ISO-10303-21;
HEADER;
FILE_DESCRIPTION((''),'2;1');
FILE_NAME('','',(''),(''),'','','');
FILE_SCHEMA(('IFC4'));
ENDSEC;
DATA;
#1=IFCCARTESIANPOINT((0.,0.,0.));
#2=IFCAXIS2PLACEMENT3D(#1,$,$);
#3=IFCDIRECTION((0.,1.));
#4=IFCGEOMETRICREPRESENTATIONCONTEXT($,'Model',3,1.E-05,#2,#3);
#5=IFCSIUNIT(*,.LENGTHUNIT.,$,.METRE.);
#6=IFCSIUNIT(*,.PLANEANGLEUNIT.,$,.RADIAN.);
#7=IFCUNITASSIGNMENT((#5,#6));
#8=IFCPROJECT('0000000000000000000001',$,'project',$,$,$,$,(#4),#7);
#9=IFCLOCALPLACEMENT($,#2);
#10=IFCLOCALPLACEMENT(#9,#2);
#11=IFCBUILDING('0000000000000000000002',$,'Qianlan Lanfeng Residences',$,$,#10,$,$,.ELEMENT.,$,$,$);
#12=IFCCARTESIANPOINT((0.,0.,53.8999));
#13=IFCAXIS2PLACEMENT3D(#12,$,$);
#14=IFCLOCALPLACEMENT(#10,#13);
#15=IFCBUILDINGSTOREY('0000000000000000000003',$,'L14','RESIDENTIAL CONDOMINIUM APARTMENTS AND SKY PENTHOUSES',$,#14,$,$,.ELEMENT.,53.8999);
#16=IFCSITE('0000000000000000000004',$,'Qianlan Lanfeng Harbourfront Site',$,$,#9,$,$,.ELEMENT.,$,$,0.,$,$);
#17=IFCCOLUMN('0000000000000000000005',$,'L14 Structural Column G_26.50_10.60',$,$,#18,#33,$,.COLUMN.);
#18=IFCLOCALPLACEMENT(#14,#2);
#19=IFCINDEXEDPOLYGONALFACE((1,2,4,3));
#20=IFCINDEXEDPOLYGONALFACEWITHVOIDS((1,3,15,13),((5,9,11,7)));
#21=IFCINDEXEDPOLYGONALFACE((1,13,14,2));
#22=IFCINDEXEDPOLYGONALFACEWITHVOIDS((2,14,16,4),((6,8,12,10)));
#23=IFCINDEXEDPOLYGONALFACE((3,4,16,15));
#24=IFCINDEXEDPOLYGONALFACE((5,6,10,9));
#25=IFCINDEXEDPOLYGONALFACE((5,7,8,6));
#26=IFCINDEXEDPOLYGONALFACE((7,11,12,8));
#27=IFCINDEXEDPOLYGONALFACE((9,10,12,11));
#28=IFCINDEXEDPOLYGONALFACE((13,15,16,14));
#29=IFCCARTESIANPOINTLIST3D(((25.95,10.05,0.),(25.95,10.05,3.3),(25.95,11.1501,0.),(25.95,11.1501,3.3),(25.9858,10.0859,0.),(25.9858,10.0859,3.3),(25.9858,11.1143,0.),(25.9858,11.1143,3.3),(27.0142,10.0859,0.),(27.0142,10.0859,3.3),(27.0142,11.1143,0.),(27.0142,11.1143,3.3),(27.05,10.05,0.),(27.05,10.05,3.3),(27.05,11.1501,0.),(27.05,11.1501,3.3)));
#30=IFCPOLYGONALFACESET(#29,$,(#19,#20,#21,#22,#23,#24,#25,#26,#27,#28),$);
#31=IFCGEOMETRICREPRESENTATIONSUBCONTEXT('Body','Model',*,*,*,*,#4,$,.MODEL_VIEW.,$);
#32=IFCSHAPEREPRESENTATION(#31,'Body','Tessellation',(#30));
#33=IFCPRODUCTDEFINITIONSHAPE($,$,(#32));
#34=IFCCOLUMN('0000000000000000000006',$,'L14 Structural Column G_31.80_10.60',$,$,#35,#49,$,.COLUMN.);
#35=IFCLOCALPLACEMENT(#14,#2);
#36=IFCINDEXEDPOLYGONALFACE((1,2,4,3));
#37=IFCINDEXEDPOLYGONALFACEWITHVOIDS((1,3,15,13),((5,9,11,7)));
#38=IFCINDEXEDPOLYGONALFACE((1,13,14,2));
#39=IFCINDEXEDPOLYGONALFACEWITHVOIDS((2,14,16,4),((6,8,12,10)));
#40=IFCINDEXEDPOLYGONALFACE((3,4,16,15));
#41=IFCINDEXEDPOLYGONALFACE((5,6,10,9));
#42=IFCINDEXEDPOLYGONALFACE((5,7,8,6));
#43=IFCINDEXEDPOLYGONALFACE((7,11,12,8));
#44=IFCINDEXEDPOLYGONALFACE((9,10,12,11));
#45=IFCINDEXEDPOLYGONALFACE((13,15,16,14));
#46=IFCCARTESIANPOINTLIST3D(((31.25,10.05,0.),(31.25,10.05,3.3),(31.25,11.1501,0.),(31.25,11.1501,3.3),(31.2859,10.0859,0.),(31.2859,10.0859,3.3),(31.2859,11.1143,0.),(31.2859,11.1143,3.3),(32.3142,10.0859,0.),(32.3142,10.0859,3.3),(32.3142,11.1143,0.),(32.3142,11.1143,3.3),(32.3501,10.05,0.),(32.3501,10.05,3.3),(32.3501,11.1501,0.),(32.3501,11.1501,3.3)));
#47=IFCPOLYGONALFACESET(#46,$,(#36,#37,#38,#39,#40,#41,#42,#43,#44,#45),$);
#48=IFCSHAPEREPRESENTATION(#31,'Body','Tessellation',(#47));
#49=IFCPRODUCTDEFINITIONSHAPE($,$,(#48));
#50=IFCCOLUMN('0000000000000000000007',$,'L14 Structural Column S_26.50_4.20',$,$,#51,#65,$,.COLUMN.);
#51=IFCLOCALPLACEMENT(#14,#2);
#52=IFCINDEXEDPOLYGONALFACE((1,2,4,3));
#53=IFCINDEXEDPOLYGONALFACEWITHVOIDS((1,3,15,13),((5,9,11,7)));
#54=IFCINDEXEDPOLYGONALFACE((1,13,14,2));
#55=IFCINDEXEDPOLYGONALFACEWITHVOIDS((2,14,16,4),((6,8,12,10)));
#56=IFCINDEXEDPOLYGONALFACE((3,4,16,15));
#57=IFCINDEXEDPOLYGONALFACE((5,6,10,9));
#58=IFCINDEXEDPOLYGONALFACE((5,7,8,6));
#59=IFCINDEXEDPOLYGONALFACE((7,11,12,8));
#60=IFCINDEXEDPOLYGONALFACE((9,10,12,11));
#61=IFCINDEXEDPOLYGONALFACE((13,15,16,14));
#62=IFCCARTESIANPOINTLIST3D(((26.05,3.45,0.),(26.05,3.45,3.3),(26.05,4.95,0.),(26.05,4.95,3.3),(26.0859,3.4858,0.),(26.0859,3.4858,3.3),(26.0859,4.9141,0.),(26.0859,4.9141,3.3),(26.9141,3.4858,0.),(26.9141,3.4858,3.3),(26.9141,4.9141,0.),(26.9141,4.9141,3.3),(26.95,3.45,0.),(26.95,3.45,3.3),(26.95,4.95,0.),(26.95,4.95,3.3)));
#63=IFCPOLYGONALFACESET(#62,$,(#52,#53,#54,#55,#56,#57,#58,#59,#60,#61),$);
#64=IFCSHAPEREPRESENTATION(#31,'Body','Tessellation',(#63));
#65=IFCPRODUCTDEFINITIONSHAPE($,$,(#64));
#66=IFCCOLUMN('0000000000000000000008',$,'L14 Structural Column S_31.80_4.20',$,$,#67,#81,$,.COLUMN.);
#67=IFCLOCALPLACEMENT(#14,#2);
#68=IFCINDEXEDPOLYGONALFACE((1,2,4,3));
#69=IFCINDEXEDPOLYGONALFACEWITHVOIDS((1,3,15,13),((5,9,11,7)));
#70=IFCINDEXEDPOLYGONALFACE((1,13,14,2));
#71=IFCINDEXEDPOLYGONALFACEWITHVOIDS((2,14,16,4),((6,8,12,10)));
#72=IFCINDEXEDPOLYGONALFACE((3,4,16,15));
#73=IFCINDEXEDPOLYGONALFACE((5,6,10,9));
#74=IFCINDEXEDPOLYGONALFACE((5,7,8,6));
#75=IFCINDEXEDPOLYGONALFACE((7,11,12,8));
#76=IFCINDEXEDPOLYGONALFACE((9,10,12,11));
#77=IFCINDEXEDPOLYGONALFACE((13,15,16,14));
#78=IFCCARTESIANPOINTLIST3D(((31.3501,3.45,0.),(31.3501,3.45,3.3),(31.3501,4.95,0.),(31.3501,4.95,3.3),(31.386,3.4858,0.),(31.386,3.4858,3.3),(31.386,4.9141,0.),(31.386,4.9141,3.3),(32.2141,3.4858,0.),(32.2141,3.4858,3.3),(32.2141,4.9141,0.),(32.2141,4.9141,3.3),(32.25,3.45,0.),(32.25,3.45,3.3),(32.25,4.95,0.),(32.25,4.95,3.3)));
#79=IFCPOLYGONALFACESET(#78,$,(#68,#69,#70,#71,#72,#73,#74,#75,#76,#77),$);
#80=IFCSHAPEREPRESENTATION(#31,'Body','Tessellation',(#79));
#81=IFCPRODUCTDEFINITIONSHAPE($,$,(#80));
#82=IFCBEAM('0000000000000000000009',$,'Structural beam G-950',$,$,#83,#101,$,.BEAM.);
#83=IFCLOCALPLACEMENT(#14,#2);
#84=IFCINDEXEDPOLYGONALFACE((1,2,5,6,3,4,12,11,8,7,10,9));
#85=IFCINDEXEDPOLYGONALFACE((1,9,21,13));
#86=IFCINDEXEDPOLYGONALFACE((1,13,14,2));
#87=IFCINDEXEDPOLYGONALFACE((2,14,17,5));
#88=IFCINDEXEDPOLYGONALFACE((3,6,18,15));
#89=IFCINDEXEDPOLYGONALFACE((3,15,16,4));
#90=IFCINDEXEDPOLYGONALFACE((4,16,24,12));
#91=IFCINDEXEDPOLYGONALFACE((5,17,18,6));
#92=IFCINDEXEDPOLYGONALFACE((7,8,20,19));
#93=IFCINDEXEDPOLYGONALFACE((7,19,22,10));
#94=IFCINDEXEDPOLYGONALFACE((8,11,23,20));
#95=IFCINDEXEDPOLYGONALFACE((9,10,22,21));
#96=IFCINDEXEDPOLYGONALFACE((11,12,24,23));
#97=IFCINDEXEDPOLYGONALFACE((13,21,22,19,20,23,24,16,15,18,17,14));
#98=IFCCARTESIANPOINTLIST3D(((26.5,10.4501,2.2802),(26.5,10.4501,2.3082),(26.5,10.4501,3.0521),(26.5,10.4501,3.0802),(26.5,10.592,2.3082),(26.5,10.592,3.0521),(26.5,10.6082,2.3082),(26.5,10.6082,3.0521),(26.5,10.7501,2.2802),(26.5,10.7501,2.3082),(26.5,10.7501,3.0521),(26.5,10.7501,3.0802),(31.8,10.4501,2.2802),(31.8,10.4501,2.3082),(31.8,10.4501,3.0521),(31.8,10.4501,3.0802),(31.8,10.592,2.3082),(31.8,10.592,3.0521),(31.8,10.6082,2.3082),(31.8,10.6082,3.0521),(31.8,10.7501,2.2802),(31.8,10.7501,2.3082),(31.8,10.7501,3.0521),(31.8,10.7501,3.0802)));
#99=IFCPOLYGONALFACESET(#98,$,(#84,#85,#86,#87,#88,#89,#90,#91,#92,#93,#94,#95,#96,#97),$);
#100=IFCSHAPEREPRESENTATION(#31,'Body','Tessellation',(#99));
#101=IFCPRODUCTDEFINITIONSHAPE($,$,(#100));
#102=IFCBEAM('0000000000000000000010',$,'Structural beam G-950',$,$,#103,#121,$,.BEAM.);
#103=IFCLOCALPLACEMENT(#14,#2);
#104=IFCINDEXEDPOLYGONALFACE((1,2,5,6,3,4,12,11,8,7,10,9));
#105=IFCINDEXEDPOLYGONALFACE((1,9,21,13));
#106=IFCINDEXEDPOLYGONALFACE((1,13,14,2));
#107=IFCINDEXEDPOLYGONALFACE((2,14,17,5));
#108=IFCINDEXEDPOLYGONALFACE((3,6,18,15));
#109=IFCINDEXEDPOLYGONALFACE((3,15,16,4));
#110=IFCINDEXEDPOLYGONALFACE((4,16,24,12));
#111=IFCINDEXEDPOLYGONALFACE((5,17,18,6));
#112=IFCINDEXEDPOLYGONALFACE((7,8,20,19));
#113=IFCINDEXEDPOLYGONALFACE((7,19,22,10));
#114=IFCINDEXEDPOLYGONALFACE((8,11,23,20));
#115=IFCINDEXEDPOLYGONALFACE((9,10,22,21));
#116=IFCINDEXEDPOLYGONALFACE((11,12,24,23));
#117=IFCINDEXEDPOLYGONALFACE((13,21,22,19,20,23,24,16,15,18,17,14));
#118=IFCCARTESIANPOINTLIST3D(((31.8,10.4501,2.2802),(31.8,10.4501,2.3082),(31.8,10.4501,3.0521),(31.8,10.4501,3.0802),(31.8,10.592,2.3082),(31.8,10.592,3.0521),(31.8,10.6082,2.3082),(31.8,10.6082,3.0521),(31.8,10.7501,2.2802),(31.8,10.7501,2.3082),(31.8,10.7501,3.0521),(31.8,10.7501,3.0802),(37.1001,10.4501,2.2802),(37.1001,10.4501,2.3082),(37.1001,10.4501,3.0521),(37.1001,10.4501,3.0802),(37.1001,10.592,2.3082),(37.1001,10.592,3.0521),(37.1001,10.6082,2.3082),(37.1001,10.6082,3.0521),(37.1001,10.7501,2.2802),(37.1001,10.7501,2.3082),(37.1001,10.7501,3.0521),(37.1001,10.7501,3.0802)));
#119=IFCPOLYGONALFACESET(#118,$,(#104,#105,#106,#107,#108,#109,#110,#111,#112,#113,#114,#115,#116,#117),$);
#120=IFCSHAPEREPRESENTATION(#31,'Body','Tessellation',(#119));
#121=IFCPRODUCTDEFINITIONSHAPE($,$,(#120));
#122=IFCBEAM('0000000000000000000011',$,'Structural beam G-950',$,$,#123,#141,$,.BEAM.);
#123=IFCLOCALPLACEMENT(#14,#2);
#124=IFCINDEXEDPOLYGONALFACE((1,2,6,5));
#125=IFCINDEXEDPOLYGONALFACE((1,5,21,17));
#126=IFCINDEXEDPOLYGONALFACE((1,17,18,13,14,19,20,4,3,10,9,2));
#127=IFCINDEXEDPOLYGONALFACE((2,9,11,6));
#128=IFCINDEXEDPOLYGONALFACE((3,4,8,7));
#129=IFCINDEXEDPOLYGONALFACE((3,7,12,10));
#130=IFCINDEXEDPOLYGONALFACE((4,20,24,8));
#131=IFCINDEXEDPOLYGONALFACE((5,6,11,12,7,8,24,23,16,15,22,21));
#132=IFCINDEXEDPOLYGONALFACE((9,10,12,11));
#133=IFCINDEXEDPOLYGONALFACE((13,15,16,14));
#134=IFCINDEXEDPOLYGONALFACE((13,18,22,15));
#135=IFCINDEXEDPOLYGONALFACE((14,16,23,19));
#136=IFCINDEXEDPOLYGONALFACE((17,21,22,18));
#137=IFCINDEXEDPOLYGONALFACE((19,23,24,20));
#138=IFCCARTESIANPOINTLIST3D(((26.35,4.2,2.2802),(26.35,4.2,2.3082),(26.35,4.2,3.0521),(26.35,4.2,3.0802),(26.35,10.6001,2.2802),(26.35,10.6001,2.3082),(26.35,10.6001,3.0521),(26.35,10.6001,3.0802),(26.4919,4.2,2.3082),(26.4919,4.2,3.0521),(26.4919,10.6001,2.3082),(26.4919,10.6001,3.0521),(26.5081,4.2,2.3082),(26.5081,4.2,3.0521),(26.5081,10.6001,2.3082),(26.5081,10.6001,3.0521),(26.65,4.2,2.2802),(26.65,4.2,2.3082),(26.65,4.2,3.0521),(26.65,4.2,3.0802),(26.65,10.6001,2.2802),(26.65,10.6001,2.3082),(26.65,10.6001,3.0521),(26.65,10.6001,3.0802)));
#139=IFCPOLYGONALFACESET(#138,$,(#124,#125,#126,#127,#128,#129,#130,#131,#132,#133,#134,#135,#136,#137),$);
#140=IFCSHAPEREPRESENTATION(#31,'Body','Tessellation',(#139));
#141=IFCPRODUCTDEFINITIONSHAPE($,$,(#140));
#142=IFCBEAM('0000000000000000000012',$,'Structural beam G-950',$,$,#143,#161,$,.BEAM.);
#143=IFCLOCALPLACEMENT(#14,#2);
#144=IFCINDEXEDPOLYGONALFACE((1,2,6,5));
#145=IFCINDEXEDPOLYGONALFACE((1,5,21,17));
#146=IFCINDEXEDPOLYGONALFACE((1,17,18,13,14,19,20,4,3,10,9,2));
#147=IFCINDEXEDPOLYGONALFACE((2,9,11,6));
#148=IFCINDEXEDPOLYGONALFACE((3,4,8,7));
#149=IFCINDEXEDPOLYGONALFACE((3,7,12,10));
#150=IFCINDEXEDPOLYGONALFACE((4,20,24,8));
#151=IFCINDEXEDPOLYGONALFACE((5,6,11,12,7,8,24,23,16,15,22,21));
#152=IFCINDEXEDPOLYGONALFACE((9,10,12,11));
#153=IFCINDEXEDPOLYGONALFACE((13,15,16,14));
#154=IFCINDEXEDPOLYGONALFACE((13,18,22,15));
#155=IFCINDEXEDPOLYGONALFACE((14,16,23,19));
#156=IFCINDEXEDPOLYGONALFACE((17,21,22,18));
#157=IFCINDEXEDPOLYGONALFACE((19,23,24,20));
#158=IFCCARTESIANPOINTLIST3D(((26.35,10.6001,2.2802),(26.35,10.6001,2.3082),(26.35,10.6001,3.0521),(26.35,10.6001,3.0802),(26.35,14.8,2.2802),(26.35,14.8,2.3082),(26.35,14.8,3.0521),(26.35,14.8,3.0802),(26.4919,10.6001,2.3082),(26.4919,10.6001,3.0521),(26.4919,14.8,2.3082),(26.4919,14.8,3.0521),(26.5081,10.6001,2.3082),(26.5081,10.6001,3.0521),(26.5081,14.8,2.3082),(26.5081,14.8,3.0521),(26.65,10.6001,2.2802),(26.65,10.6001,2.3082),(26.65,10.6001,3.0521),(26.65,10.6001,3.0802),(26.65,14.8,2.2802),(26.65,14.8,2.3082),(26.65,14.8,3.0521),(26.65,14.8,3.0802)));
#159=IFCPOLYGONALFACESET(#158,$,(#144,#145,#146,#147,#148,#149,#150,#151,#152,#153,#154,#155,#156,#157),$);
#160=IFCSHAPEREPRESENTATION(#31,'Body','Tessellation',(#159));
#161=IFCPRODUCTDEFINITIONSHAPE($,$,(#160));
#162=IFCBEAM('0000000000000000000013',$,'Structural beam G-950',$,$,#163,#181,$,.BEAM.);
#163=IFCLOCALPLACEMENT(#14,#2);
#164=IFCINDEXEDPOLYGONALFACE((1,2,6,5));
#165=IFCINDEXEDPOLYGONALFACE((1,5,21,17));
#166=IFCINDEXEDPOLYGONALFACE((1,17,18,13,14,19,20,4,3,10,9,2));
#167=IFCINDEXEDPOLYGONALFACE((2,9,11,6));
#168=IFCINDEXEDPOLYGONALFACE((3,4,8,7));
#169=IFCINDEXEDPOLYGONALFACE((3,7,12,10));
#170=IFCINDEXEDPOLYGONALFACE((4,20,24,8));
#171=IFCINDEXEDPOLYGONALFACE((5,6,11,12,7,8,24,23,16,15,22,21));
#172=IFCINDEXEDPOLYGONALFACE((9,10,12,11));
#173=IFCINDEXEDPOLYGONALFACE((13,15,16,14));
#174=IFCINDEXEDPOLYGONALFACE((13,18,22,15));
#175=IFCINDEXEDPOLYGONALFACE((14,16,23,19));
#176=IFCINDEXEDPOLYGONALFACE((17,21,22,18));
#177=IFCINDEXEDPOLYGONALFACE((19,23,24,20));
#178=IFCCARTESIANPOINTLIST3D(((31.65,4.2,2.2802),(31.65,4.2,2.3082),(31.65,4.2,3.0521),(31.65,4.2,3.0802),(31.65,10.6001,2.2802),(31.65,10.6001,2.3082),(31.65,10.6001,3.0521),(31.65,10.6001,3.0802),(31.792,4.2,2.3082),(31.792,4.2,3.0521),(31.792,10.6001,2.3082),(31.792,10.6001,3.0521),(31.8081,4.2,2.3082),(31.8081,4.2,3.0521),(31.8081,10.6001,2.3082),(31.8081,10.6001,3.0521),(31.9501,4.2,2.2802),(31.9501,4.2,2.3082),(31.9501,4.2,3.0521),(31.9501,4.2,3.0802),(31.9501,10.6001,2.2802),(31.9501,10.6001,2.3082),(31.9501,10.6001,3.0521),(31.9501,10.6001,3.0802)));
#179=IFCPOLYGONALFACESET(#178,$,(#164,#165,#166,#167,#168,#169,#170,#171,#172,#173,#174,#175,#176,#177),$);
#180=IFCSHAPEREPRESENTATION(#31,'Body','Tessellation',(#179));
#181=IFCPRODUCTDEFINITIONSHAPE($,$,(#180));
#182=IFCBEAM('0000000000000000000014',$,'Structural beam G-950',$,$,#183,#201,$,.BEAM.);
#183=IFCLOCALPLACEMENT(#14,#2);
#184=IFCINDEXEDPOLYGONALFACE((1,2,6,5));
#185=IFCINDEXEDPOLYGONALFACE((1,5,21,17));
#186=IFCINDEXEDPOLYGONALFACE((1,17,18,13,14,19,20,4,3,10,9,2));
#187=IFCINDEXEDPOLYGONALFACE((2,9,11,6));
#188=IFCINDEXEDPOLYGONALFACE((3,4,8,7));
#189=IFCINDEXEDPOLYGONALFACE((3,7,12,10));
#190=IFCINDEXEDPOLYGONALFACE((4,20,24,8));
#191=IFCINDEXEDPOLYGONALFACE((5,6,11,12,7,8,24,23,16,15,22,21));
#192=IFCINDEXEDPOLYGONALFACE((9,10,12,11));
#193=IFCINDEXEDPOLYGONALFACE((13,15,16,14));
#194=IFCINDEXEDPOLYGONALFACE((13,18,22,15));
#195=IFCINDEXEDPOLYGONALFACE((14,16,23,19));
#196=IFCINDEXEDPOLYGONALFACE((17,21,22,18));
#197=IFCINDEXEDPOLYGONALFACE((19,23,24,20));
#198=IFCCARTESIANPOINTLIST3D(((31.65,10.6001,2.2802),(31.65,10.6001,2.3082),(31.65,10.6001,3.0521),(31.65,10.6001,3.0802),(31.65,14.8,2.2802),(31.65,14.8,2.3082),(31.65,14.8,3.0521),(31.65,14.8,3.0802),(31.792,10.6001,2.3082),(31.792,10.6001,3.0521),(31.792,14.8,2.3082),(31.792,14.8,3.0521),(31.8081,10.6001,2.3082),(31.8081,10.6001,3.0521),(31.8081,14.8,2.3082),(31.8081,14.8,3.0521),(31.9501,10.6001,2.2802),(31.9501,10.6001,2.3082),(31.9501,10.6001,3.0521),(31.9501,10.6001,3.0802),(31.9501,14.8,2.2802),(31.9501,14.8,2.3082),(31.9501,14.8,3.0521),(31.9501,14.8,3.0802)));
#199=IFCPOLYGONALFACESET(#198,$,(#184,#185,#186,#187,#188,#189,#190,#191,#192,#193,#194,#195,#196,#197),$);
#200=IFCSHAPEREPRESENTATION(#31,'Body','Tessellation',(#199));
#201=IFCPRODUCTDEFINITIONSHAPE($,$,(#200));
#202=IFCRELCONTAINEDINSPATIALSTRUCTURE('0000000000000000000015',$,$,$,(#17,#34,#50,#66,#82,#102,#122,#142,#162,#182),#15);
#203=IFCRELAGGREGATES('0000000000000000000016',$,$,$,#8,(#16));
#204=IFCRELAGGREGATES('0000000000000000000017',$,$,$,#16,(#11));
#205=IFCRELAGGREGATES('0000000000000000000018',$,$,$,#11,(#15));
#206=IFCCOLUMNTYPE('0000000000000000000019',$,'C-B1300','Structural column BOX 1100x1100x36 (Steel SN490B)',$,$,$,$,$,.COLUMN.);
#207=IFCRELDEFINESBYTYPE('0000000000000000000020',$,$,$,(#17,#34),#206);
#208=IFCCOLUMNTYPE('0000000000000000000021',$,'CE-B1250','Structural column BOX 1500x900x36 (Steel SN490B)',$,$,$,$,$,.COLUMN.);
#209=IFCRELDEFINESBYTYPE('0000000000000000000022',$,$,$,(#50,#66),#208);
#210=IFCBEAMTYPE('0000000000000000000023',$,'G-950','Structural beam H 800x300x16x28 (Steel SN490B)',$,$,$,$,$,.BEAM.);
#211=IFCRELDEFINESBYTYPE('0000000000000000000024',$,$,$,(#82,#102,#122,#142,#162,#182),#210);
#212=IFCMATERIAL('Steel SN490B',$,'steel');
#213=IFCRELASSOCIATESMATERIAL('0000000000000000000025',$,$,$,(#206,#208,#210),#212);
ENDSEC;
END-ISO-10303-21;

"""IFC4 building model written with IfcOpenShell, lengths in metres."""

from ifc_helpers import new_model, si_unit, direction, frame, origin, origin_2d, place, context, subcontext, project, spatial, hollow_rectangle, i_section, extrude, material, material_profile, profile_set, type_object, element, save


model = new_model("IFC4")

# Units and contexts
model_context = context("Model", 3, precision=1e-05, world=origin(), true_north=direction((0.0, 1.0)))
body_context = subcontext(model_context, "Body", "Model", "MODEL_VIEW")
ifc_project = project(units=[si_unit("LENGTHUNIT", "METRE"), si_unit("PLANEANGLEUNIT", "RADIAN")], contexts=[model_context])

# Site, building, storey
site_placement = place(None, origin())
site = spatial("IfcSite", under=ifc_project, at=site_placement, Name="Qianlan Lanfeng Harbourfront Site", CompositionType="ELEMENT", RefElevation=0.0)
building_placement = place(site_placement, origin())
building = spatial("IfcBuilding", under=site, at=building_placement, Name="Qianlan Lanfeng Residences", CompositionType="ELEMENT")
storey_placement = place(building_placement, frame((0.0, 0.0, 53.8999)))
storey = spatial("IfcBuildingStorey", under=building, at=storey_placement, Name="L14", Description="RESIDENTIAL CONDOMINIUM APARTMENTS AND SKY PENTHOUSES", CompositionType="ELEMENT", Elevation=53.8999)

# Columns
ifc_material_1 = material(Name="Steel SN490B", Category="steel")
ifc_material_profile_1 = material_profile(ifc_material_1, hollow_rectangle(XDim=1.1001, YDim=1.1001, WallThickness=0.0359, at=origin_2d()), Name="BOX 1100x1100x36")
ifc_profile_set_1 = profile_set([ifc_material_profile_1], Name="Steel SN490B")
column_type_1 = type_object("IfcColumnType", Name="C-B1300", Description="Structural column BOX 1100x1100x36 (Steel SN490B)", PredefinedType="COLUMN", material=ifc_profile_set_1)
for number, where, z_axis, x_axis, name in (
    (1, (26.5, 10.6001, 0.0), (0.0, 0.0, 1.0), (1.0, 0.0, 0.0), "L14 Structural Column G_26.50_10.60"),
    (2, (31.8, 10.6001, 0.0), (0.0, 0.0, 1.0), (1.0, 0.0, 0.0), "L14 Structural Column G_31.80_10.60"),
):
    element("IfcColumn", number, at=place(storey_placement, frame(where, z_axis=z_axis, x_axis=x_axis)), inside=storey, type_object=column_type_1, Name=name, PredefinedType="COLUMN", context=body_context, shape_type="SweptSolid", body=[
        extrude(hollow_rectangle(XDim=1.1001, YDim=1.1001, WallThickness=0.0359, at=origin_2d()), origin(), (0.0, 0.0, 1.0), 3.3),
    ])
ifc_material_profile_2 = material_profile(ifc_material_1, hollow_rectangle(XDim=0.8999, YDim=1.5, WallThickness=0.0359, at=origin_2d()), Name="BOX 1500x900x36")
ifc_profile_set_2 = profile_set([ifc_material_profile_2], Name="Steel SN490B")
column_type_2 = type_object("IfcColumnType", Name="CE-B1250", Description="Structural column BOX 1500x900x36 (Steel SN490B)", PredefinedType="COLUMN", material=ifc_profile_set_2)
for number, where, z_axis, x_axis, name in (
    (3, (26.5, 4.2, 0.0), (0.0, 0.0, 1.0), (1.0, 0.0, 0.0), "L14 Structural Column S_26.50_4.20"),
    (4, (31.8, 4.2, 0.0), (0.0, 0.0, 1.0), (1.0, 0.0, 0.0), "L14 Structural Column S_31.80_4.20"),
):
    element("IfcColumn", number, at=place(storey_placement, frame(where, z_axis=z_axis, x_axis=x_axis)), inside=storey, type_object=column_type_2, Name=name, PredefinedType="COLUMN", context=body_context, shape_type="SweptSolid", body=[
        extrude(hollow_rectangle(XDim=0.8999, YDim=1.5, WallThickness=0.0359, at=origin_2d()), origin(), (0.0, 0.0, 1.0), 3.3),
    ])

# Beams
ifc_material_profile_3 = material_profile(ifc_material_1, i_section(OverallWidth=0.3, OverallDepth=0.8, WebThickness=0.0161, FlangeThickness=0.0281, at=origin_2d()), Name="H 800x300x16x28")
ifc_profile_set_3 = profile_set([ifc_material_profile_3], Name="Steel SN490B")
beam_type_1 = type_object("IfcBeamType", Name="G-950", Description="Structural beam H 800x300x16x28 (Steel SN490B)", PredefinedType="BEAM", material=ifc_profile_set_3)
for number, where, z_axis, x_axis, name in (
    (5, (26.5, 10.6001, 2.6802), (1.0, 0.0, 0.0), (0.0, 1.0, 0.0), "Structural beam G-950"),
    (6, (31.8, 10.6001, 2.6802), (1.0, 0.0, 0.0), (0.0, 1.0, 0.0), "Structural beam G-950"),
):
    element("IfcBeam", number, at=place(storey_placement, frame(where, z_axis=z_axis, x_axis=x_axis)), inside=storey, type_object=beam_type_1, Name=name, PredefinedType="BEAM", context=body_context, shape_type="SweptSolid", body=[
        extrude(i_section(OverallWidth=0.3, OverallDepth=0.8, WebThickness=0.0161, FlangeThickness=0.0281, at=origin_2d()), origin(), (0.0, 0.0, 1.0), 5.3),
    ])
beam_1_placement = place(storey_placement, frame((26.5, 4.2, 2.6802), z_axis=(0.0, 1.0, 0.0), x_axis=(-1.0, 0.0, 0.0)))
element("IfcBeam", 7, at=beam_1_placement, inside=storey, type_object=beam_type_1, Name="Structural beam G-950", PredefinedType="BEAM", context=body_context, shape_type="SweptSolid", body=[
    extrude(i_section(OverallWidth=0.3, OverallDepth=0.8, WebThickness=0.0161, FlangeThickness=0.0281, at=origin_2d()), origin(), (0.0, 0.0, 1.0), 6.4001),
])
beam_2_placement = place(storey_placement, frame((26.5, 10.6001, 2.6802), z_axis=(0.0, 1.0, 0.0), x_axis=(-1.0, 0.0, 0.0)))
element("IfcBeam", 8, at=beam_2_placement, inside=storey, type_object=beam_type_1, Name="Structural beam G-950", PredefinedType="BEAM", context=body_context, shape_type="SweptSolid", body=[
    extrude(i_section(OverallWidth=0.3, OverallDepth=0.8, WebThickness=0.0161, FlangeThickness=0.0281, at=origin_2d()), origin(), (0.0, 0.0, 1.0), 4.2),
])
beam_3_placement = place(storey_placement, frame((31.8, 4.2, 2.6802), z_axis=(0.0, 1.0, 0.0), x_axis=(-1.0, 0.0, 0.0)))
element("IfcBeam", 9, at=beam_3_placement, inside=storey, type_object=beam_type_1, Name="Structural beam G-950", PredefinedType="BEAM", context=body_context, shape_type="SweptSolid", body=[
    extrude(i_section(OverallWidth=0.3, OverallDepth=0.8, WebThickness=0.0161, FlangeThickness=0.0281, at=origin_2d()), origin(), (0.0, 0.0, 1.0), 6.4001),
])
beam_4_placement = place(storey_placement, frame((31.8, 10.6001, 2.6802), z_axis=(0.0, 1.0, 0.0), x_axis=(-1.0, 0.0, 0.0)))
element("IfcBeam", 10, at=beam_4_placement, inside=storey, type_object=beam_type_1, Name="Structural beam G-950", PredefinedType="BEAM", context=body_context, shape_type="SweptSolid", body=[
    extrude(i_section(OverallWidth=0.3, OverallDepth=0.8, WebThickness=0.0161, FlangeThickness=0.0281, at=origin_2d()), origin(), (0.0, 0.0, 1.0), 4.2),
])

save(model, "model.ifc")
